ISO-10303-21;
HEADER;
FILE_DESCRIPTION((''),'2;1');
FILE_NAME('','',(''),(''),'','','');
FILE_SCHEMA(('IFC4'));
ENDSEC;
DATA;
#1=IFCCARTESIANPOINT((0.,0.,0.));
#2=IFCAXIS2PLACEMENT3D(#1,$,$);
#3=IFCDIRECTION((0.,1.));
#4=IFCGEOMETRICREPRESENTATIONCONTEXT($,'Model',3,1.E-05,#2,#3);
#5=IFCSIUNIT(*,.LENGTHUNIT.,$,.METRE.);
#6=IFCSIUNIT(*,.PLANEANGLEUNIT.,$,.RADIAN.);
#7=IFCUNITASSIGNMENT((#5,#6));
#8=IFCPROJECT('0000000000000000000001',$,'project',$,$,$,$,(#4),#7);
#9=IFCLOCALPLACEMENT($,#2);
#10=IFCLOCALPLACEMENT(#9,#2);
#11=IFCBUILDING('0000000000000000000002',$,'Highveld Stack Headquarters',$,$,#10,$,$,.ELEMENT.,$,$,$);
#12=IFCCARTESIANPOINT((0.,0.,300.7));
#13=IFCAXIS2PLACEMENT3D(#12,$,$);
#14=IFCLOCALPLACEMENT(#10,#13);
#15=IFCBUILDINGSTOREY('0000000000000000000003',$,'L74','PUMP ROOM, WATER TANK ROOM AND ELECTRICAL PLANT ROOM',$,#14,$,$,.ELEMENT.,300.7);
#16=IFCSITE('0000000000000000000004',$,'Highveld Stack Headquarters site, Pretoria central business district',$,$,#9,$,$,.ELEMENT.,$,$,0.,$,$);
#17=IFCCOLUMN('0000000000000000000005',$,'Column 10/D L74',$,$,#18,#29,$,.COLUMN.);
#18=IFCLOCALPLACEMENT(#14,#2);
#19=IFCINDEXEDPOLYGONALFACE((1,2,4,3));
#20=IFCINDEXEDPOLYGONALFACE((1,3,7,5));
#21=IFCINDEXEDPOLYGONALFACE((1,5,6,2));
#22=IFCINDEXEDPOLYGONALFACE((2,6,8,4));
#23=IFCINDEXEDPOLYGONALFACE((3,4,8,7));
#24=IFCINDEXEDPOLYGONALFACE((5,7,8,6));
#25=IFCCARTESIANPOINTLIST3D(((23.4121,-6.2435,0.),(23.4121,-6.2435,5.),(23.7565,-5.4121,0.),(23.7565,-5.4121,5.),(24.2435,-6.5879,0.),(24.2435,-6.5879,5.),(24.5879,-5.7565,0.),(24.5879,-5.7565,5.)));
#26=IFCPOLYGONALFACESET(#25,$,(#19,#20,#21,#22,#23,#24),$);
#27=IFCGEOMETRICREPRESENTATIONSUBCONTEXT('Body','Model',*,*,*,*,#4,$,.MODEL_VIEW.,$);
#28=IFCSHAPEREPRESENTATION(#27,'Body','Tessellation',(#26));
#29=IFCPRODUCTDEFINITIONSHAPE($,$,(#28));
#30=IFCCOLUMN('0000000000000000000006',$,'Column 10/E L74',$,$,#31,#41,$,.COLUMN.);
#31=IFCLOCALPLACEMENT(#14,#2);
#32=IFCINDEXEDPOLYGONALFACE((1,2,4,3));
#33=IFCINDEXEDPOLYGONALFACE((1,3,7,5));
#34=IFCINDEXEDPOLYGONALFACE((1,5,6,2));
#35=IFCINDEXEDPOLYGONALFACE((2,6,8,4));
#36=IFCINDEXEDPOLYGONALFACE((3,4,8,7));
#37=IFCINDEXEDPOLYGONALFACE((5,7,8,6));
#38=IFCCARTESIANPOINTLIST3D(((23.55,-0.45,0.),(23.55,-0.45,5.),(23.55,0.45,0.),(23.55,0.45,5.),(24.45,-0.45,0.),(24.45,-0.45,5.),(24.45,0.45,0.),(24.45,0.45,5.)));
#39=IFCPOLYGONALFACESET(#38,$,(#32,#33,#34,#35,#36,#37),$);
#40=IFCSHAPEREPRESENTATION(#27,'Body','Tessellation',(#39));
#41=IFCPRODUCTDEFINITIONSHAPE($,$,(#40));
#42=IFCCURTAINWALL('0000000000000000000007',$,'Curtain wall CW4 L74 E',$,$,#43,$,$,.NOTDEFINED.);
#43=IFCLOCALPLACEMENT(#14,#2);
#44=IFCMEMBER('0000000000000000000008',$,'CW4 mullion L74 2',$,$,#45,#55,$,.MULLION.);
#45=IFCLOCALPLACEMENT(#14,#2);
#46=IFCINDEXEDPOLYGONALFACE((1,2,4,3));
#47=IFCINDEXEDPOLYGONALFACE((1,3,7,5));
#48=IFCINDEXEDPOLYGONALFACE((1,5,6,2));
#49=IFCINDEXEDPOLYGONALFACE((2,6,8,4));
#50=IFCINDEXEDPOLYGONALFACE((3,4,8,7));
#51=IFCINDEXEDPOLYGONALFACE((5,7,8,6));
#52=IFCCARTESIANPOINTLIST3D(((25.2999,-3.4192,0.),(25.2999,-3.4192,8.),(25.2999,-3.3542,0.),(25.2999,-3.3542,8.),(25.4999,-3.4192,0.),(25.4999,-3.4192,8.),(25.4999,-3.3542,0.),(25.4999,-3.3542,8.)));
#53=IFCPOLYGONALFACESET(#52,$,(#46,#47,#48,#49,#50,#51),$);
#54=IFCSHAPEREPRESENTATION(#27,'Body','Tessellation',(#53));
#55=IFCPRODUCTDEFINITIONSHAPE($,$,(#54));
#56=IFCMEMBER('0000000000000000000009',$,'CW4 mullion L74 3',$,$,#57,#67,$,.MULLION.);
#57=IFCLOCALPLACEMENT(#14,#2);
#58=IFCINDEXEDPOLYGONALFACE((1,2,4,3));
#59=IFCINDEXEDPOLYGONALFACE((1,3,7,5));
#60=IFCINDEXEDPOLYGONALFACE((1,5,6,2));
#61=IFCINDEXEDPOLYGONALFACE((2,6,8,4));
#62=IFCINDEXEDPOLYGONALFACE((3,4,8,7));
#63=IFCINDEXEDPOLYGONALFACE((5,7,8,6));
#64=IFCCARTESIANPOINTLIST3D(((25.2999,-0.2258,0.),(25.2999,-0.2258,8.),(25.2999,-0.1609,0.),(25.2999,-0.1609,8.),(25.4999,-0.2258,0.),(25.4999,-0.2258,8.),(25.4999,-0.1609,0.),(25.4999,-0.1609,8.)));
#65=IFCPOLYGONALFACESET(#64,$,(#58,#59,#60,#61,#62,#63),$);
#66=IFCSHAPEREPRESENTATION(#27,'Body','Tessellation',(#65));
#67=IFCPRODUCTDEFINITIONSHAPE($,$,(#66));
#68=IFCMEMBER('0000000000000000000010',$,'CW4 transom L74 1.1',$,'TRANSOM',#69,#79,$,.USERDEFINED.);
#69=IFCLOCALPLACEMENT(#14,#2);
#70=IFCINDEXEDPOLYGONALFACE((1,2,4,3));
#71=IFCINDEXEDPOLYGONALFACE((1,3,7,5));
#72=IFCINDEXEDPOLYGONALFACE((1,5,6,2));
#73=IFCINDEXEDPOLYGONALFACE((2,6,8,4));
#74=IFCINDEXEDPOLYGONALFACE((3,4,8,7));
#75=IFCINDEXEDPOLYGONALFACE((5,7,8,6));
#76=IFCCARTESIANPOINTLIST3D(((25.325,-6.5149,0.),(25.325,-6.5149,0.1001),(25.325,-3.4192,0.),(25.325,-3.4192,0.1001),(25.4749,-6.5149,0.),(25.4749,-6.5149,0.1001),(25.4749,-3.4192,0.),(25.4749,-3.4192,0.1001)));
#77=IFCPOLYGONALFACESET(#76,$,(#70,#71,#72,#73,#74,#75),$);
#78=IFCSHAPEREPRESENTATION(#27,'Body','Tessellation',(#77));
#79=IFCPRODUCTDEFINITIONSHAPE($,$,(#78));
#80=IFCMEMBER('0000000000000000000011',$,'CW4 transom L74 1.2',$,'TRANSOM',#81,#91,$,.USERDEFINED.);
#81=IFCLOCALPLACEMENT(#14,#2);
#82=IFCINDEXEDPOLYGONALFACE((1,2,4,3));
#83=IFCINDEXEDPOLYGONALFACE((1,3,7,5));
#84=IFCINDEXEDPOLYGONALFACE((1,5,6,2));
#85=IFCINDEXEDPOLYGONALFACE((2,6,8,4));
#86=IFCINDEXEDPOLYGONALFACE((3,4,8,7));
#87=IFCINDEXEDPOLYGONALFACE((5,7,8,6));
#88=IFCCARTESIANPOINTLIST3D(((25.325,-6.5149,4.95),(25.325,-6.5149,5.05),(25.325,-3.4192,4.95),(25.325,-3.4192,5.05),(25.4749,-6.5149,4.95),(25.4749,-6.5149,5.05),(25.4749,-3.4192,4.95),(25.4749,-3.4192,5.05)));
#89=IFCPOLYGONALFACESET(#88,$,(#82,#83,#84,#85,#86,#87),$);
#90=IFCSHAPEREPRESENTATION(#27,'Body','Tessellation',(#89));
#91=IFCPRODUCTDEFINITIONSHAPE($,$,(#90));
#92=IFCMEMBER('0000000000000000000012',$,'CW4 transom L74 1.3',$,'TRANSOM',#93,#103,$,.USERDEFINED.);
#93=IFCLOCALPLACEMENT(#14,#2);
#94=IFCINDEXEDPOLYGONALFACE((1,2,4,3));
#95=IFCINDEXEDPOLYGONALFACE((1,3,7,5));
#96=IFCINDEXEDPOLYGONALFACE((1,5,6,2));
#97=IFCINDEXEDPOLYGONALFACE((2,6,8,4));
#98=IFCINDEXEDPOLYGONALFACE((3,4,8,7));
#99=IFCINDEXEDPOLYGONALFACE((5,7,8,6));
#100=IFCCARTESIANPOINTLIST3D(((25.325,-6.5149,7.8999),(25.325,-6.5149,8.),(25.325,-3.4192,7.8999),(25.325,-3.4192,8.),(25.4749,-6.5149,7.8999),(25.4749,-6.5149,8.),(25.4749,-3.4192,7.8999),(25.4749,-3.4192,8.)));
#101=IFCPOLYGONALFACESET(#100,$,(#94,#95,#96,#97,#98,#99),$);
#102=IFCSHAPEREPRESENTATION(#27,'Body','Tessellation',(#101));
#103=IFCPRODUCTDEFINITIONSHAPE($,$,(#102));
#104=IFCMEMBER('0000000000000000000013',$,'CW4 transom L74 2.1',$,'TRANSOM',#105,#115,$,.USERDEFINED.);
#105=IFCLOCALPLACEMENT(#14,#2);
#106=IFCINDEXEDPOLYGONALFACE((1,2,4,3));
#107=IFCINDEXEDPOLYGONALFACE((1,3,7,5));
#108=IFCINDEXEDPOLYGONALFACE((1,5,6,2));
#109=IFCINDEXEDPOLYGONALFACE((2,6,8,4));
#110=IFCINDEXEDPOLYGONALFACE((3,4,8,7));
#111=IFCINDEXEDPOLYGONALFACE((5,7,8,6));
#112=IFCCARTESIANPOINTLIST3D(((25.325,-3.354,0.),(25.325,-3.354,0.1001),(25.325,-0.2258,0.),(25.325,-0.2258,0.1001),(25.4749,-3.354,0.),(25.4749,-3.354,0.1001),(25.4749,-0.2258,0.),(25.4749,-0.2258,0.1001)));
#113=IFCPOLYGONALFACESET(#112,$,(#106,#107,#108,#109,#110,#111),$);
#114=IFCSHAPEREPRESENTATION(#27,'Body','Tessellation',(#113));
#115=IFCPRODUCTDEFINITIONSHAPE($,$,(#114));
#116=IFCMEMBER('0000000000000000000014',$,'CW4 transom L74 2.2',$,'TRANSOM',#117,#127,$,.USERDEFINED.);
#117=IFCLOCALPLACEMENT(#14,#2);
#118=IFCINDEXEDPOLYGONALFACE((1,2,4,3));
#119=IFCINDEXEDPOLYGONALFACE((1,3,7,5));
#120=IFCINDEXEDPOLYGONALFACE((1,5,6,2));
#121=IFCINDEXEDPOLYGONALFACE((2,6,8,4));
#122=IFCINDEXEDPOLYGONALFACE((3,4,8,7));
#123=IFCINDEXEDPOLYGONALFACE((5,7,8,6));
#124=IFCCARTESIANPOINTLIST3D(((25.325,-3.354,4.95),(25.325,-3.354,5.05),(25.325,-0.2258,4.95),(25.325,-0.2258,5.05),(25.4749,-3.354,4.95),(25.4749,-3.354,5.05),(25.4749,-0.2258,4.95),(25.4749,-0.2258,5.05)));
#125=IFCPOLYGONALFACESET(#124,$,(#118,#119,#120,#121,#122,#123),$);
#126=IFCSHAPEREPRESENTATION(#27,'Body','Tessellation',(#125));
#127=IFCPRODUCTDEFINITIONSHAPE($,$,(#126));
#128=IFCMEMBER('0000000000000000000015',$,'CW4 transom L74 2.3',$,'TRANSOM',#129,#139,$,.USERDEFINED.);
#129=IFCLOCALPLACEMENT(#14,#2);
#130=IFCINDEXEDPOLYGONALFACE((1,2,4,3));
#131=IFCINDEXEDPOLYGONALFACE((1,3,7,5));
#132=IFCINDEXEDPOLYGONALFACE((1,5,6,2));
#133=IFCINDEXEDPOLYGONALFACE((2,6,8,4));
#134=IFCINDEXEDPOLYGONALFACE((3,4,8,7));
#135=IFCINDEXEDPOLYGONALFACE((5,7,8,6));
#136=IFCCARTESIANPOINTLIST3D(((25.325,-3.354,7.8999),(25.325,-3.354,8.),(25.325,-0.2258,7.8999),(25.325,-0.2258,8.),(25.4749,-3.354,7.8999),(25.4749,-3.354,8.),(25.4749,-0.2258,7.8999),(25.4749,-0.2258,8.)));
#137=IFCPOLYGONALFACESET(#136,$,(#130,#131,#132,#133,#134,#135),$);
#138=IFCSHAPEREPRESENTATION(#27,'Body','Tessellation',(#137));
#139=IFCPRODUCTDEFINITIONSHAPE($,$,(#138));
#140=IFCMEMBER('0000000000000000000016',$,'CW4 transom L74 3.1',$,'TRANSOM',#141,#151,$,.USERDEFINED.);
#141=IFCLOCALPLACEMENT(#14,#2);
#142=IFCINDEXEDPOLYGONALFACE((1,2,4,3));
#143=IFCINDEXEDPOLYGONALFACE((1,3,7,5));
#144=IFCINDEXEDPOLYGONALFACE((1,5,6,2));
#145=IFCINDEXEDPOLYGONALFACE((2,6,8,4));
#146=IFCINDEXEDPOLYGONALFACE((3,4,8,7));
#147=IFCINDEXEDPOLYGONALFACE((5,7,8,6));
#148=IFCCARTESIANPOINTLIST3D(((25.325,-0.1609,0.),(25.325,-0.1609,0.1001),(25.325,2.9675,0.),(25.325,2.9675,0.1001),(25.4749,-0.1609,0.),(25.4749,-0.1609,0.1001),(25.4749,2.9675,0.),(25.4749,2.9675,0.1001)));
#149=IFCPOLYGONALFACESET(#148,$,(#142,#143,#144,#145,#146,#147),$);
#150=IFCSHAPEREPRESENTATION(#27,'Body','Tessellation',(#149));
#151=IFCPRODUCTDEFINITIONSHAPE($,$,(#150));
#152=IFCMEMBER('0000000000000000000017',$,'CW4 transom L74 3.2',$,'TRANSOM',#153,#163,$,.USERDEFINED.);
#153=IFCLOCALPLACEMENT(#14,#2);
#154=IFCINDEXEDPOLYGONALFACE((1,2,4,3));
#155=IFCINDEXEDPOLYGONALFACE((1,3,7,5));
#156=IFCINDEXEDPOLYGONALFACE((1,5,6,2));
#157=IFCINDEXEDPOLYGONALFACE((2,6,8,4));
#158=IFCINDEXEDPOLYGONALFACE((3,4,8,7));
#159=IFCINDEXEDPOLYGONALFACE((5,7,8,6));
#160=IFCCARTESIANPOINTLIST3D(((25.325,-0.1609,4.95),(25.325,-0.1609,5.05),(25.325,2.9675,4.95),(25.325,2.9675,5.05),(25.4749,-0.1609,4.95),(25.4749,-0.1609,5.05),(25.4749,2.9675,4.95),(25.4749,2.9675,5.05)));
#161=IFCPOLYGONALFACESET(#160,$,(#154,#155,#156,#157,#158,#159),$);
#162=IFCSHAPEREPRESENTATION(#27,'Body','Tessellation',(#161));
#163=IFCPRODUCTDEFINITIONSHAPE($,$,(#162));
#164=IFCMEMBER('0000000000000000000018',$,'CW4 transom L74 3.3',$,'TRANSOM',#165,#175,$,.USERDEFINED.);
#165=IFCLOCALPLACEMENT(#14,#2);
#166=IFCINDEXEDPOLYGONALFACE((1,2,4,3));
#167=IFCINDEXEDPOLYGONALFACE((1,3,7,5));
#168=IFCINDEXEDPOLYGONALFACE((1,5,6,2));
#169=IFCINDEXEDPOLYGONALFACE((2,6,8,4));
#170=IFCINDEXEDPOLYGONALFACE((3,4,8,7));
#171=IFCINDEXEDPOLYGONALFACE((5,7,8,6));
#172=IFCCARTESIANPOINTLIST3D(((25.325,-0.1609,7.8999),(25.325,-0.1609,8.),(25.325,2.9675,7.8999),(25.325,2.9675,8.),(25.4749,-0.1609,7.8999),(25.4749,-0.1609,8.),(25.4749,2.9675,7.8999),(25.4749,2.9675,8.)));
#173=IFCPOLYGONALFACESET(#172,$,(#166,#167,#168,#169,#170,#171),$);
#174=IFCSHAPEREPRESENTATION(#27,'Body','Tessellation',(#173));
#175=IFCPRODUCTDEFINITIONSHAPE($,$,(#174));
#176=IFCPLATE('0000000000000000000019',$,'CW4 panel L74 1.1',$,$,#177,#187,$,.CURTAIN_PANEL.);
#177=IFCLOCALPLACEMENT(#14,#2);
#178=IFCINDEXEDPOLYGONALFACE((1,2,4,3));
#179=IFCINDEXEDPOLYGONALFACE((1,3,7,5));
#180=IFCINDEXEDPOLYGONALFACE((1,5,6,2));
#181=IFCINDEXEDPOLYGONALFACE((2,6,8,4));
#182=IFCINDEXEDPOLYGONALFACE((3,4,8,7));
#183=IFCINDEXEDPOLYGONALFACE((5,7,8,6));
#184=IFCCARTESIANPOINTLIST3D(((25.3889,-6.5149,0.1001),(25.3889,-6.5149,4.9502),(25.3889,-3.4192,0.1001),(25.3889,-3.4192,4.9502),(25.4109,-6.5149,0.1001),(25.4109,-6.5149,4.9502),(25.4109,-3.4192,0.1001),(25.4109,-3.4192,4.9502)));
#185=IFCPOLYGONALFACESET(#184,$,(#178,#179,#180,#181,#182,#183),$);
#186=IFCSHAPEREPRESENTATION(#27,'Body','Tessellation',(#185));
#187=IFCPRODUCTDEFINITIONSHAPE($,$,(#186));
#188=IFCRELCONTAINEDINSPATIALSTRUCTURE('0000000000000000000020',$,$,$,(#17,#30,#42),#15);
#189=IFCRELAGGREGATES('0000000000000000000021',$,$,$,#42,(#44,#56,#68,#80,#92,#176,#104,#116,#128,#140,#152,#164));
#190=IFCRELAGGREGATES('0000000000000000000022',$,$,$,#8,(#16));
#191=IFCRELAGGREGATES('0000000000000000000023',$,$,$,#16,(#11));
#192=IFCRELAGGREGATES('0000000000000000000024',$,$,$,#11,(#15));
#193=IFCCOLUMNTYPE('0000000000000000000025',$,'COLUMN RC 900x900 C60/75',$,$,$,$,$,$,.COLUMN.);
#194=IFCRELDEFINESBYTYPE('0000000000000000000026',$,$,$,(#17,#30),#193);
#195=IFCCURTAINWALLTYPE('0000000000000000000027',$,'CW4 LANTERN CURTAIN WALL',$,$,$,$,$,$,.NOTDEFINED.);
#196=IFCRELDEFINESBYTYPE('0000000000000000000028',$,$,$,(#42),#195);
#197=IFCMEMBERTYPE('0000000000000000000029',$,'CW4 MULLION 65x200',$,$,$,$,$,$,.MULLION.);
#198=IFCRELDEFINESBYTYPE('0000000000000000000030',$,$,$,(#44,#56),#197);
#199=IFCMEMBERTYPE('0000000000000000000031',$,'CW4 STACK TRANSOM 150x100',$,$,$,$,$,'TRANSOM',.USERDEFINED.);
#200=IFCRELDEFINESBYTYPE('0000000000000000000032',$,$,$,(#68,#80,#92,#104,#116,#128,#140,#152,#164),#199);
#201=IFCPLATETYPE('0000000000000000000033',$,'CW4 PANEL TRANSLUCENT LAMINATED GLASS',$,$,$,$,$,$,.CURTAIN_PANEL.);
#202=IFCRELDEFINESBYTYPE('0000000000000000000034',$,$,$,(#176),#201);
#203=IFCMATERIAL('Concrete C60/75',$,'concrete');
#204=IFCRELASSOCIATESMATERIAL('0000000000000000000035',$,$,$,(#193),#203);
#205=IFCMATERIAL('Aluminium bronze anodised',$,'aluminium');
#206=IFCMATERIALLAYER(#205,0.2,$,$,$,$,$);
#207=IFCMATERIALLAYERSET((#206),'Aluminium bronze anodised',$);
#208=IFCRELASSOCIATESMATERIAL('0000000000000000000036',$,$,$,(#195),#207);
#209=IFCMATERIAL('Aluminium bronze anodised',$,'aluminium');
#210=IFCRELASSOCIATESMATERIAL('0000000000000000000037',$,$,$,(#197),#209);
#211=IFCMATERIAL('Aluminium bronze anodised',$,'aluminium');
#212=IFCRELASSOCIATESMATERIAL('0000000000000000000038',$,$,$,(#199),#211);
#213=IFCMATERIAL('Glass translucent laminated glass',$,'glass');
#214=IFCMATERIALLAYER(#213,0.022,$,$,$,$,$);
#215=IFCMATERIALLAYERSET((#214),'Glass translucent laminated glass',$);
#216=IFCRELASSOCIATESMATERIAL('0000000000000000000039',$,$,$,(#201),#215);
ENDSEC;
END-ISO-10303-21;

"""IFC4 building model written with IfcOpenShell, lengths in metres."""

from ifc_helpers import new_model, si_unit, direction, frame, origin, origin_2d, place, context, subcontext, project, spatial, rectangle, extrude, material, layer, layer_set, material_profile, profile_set, type_object, element, aggregate, save


model = new_model("IFC4")

# Units and contexts
model_context = context("Model", 3, precision=1e-05, world=origin(), true_north=direction((0.0, 1.0)))
body_context = subcontext(model_context, "Body", "Model", "MODEL_VIEW")
ifc_project = project(units=[si_unit("LENGTHUNIT", "METRE"), si_unit("PLANEANGLEUNIT", "RADIAN")], contexts=[model_context])

# Site, building, storey
site_placement = place(None, origin())
site = spatial("IfcSite", under=ifc_project, at=site_placement, Name="Highveld Stack Headquarters site, Pretoria central business district", CompositionType="ELEMENT", RefElevation=0.0)
building_placement = place(site_placement, origin())
building = spatial("IfcBuilding", under=site, at=building_placement, Name="Highveld Stack Headquarters", CompositionType="ELEMENT")
storey_placement = place(building_placement, frame((0.0, 0.0, 300.7)))
storey = spatial("IfcBuildingStorey", under=building, at=storey_placement, Name="L74", Description="PUMP ROOM, WATER TANK ROOM AND ELECTRICAL PLANT ROOM", CompositionType="ELEMENT", Elevation=300.7)

# Columns
ifc_material_1 = material(Name="Concrete C60/75", Category="concrete")
ifc_material_profile_1 = material_profile(ifc_material_1, rectangle(XDim=0.8999, YDim=0.8999, at=origin_2d()), Name="RC 900x900")
ifc_profile_set_1 = profile_set([ifc_material_profile_1], Name="Concrete C60/75")
column_type = type_object("IfcColumnType", Name="COLUMN RC 900x900 C60/75", PredefinedType="COLUMN", material=ifc_profile_set_1)
for number, where, z_axis, x_axis, name in (
    (1, (24.0, -6.0, 0.0), (0.0, 0.0, 1.0), (-0.382683, -0.92388, 0.0), "Column 10/D L74"),
    (2, (24.0, 0.0, 0.0), (0.0, 0.0, 1.0), (0.0, 1.0, 0.0), "Column 10/E L74"),
):
    element("IfcColumn", number, at=place(storey_placement, frame(where, z_axis=z_axis, x_axis=x_axis)), inside=storey, type_object=column_type, Name=name, PredefinedType="COLUMN", context=body_context, shape_type="SweptSolid", body=[
        extrude(rectangle(XDim=0.8999, YDim=0.8999, at=origin_2d()), origin(), (0.0, 0.0, 1.0), 5.0),
    ])

# Curtain wall, members, plate
ifc_material_2 = material(Name="Aluminium bronze anodised", Category="aluminium")
ifc_layer_1 = layer(ifc_material_2, 0.2)
ifc_layer_set_1 = layer_set([ifc_layer_1], Name="Aluminium bronze anodised")
curtain_wall_type = type_object("IfcCurtainWallType", Name="CW4 LANTERN CURTAIN WALL", PredefinedType="NOTDEFINED", material=ifc_layer_set_1)
curtain_wall_placement = place(storey_placement, origin())
curtain_wall = element("IfcCurtainWall", 3, at=curtain_wall_placement, inside=storey, type_object=curtain_wall_type, Name="Curtain wall CW4 L74 E", PredefinedType="NOTDEFINED")
ifc_material_3 = material(Name="Aluminium bronze anodised", Category="aluminium")
ifc_material_profile_2 = material_profile(ifc_material_3, rectangle(XDim=0.2, YDim=0.0649, at=origin_2d()), Name="CW4 MULLION 65x200")
ifc_profile_set_2 = profile_set([ifc_material_profile_2], Name="Aluminium bronze anodised")
member_type_1 = type_object("IfcMemberType", Name="CW4 MULLION 65x200", PredefinedType="MULLION", material=ifc_profile_set_2)
member_1_placement = place(storey_placement, frame((25.3999, -3.3867, 0.0), z_axis=(0.0, 0.0, 1.0), x_axis=(-1.0, 0.0, 0.0)))
member_1 = element("IfcMember", 4, at=member_1_placement, type_object=member_type_1, Name="CW4 mullion L74 2", PredefinedType="MULLION", context=body_context, shape_type="SweptSolid", body=[
    extrude(rectangle(XDim=0.2, YDim=0.0649, at=origin_2d()), origin(), (0.0, 0.0, 1.0), 8.0),
])
member_2_placement = place(storey_placement, frame((25.3999, -0.1934, 0.0), z_axis=(0.0, 0.0, 1.0), x_axis=(-1.0, 0.0, 0.0)))
member_2 = element("IfcMember", 5, at=member_2_placement, type_object=member_type_1, Name="CW4 mullion L74 3", PredefinedType="MULLION", context=body_context, shape_type="SweptSolid", body=[
    extrude(rectangle(XDim=0.2, YDim=0.0649, at=origin_2d()), origin(), (0.0, 0.0, 1.0), 8.0),
])
ifc_material_4 = material(Name="Aluminium bronze anodised", Category="aluminium")
ifc_material_profile_3 = material_profile(ifc_material_4, rectangle(XDim=0.1499, YDim=0.1001, at=origin_2d()), Name="CW4 TRANSOM 150x100")
ifc_profile_set_3 = profile_set([ifc_material_profile_3], Name="Aluminium bronze anodised")
member_type_2 = type_object("IfcMemberType", Name="CW4 STACK TRANSOM 150x100", ElementType="TRANSOM", PredefinedType="USERDEFINED", material=ifc_profile_set_3)
member_3_placement = place(storey_placement, frame((25.3999, -6.5149, 0.05), z_axis=(0.0, 1.0, 0.0), x_axis=(-1.0, 0.0, 0.0)))
member_3 = element("IfcMember", 6, at=member_3_placement, type_object=member_type_2, Name="CW4 transom L74 1.1", ObjectType="TRANSOM", PredefinedType="USERDEFINED", context=body_context, shape_type="SweptSolid", body=[
    extrude(rectangle(XDim=0.1499, YDim=0.1001, at=origin_2d()), origin(), (0.0, 0.0, 1.0), 3.0957),
])
member_4_placement = place(storey_placement, frame((25.3999, -6.5149, 5.0), z_axis=(0.0, 1.0, 0.0), x_axis=(-1.0, 0.0, 0.0)))
member_4 = element("IfcMember", 7, at=member_4_placement, type_object=member_type_2, Name="CW4 transom L74 1.2", ObjectType="TRANSOM", PredefinedType="USERDEFINED", context=body_context, shape_type="SweptSolid", body=[
    extrude(rectangle(XDim=0.1499, YDim=0.1001, at=origin_2d()), origin(), (0.0, 0.0, 1.0), 3.0957),
])
member_5_placement = place(storey_placement, frame((25.3999, -6.5149, 7.95), z_axis=(0.0, 1.0, 0.0), x_axis=(-1.0, 0.0, 0.0)))
member_5 = element("IfcMember", 8, at=member_5_placement, type_object=member_type_2, Name="CW4 transom L74 1.3", ObjectType="TRANSOM", PredefinedType="USERDEFINED", context=body_context, shape_type="SweptSolid", body=[
    extrude(rectangle(XDim=0.1499, YDim=0.1001, at=origin_2d()), origin(), (0.0, 0.0, 1.0), 3.0957),
])
member_6_placement = place(storey_placement, frame((25.3999, -3.354, 0.05), z_axis=(0.0, 1.0, 0.0), x_axis=(-1.0, 0.0, 0.0)))
member_6 = element("IfcMember", 9, at=member_6_placement, type_object=member_type_2, Name="CW4 transom L74 2.1", ObjectType="TRANSOM", PredefinedType="USERDEFINED", context=body_context, shape_type="SweptSolid", body=[
    extrude(rectangle(XDim=0.1499, YDim=0.1001, at=origin_2d()), origin(), (0.0, 0.0, 1.0), 3.1282),
])
member_7_placement = place(storey_placement, frame((25.3999, -3.354, 5.0), z_axis=(0.0, 1.0, 0.0), x_axis=(-1.0, 0.0, 0.0)))
member_7 = element("IfcMember", 10, at=member_7_placement, type_object=member_type_2, Name="CW4 transom L74 2.2", ObjectType="TRANSOM", PredefinedType="USERDEFINED", context=body_context, shape_type="SweptSolid", body=[
    extrude(rectangle(XDim=0.1499, YDim=0.1001, at=origin_2d()), origin(), (0.0, 0.0, 1.0), 3.1282),
])
member_8_placement = place(storey_placement, frame((25.3999, -3.354, 7.95), z_axis=(0.0, 1.0, 0.0), x_axis=(-1.0, 0.0, 0.0)))
member_8 = element("IfcMember", 11, at=member_8_placement, type_object=member_type_2, Name="CW4 transom L74 2.3", ObjectType="TRANSOM", PredefinedType="USERDEFINED", context=body_context, shape_type="SweptSolid", body=[
    extrude(rectangle(XDim=0.1499, YDim=0.1001, at=origin_2d()), origin(), (0.0, 0.0, 1.0), 3.1282),
])
member_9_placement = place(storey_placement, frame((25.3999, -0.1609, 0.05), z_axis=(0.0, 1.0, 0.0), x_axis=(-1.0, 0.0, 0.0)))
member_9 = element("IfcMember", 12, at=member_9_placement, type_object=member_type_2, Name="CW4 transom L74 3.1", ObjectType="TRANSOM", PredefinedType="USERDEFINED", context=body_context, shape_type="SweptSolid", body=[
    extrude(rectangle(XDim=0.1499, YDim=0.1001, at=origin_2d()), origin(), (0.0, 0.0, 1.0), 3.1284),
])
member_10_placement = place(storey_placement, frame((25.3999, -0.1609, 5.0), z_axis=(0.0, 1.0, 0.0), x_axis=(-1.0, 0.0, 0.0)))
member_10 = element("IfcMember", 13, at=member_10_placement, type_object=member_type_2, Name="CW4 transom L74 3.2", ObjectType="TRANSOM", PredefinedType="USERDEFINED", context=body_context, shape_type="SweptSolid", body=[
    extrude(rectangle(XDim=0.1499, YDim=0.1001, at=origin_2d()), origin(), (0.0, 0.0, 1.0), 3.1284),
])
member_11_placement = place(storey_placement, frame((25.3999, -0.1609, 7.95), z_axis=(0.0, 1.0, 0.0), x_axis=(-1.0, 0.0, 0.0)))
member_11 = element("IfcMember", 14, at=member_11_placement, type_object=member_type_2, Name="CW4 transom L74 3.3", ObjectType="TRANSOM", PredefinedType="USERDEFINED", context=body_context, shape_type="SweptSolid", body=[
    extrude(rectangle(XDim=0.1499, YDim=0.1001, at=origin_2d()), origin(), (0.0, 0.0, 1.0), 3.1284),
])
ifc_material_5 = material(Name="Glass translucent laminated glass", Category="glass")
ifc_layer_2 = layer(ifc_material_5, 0.022)
ifc_layer_set_2 = layer_set([ifc_layer_2], Name="Glass translucent laminated glass")
plate_type = type_object("IfcPlateType", Name="CW4 PANEL TRANSLUCENT LAMINATED GLASS", PredefinedType="CURTAIN_PANEL", material=ifc_layer_set_2)
plate_1_placement = place(storey_placement, frame((25.3999, -4.967, 0.1001), z_axis=(0.0, 0.0, 1.0), x_axis=(0.0, 1.0, 0.0)))
plate_1 = element("IfcPlate", 15, at=plate_1_placement, type_object=plate_type, Name="CW4 panel L74 1.1", PredefinedType="CURTAIN_PANEL", context=body_context, shape_type="SweptSolid", body=[
    extrude(rectangle(XDim=3.0957, YDim=0.022, at=origin_2d()), origin(), (0.0, 0.0, 1.0), 4.8501),
])
aggregate(curtain_wall, [member_1, member_2, member_3, member_4, member_5, plate_1, member_6, member_7, member_8, member_9, member_10, member_11])

save(model, "model.ifc")
